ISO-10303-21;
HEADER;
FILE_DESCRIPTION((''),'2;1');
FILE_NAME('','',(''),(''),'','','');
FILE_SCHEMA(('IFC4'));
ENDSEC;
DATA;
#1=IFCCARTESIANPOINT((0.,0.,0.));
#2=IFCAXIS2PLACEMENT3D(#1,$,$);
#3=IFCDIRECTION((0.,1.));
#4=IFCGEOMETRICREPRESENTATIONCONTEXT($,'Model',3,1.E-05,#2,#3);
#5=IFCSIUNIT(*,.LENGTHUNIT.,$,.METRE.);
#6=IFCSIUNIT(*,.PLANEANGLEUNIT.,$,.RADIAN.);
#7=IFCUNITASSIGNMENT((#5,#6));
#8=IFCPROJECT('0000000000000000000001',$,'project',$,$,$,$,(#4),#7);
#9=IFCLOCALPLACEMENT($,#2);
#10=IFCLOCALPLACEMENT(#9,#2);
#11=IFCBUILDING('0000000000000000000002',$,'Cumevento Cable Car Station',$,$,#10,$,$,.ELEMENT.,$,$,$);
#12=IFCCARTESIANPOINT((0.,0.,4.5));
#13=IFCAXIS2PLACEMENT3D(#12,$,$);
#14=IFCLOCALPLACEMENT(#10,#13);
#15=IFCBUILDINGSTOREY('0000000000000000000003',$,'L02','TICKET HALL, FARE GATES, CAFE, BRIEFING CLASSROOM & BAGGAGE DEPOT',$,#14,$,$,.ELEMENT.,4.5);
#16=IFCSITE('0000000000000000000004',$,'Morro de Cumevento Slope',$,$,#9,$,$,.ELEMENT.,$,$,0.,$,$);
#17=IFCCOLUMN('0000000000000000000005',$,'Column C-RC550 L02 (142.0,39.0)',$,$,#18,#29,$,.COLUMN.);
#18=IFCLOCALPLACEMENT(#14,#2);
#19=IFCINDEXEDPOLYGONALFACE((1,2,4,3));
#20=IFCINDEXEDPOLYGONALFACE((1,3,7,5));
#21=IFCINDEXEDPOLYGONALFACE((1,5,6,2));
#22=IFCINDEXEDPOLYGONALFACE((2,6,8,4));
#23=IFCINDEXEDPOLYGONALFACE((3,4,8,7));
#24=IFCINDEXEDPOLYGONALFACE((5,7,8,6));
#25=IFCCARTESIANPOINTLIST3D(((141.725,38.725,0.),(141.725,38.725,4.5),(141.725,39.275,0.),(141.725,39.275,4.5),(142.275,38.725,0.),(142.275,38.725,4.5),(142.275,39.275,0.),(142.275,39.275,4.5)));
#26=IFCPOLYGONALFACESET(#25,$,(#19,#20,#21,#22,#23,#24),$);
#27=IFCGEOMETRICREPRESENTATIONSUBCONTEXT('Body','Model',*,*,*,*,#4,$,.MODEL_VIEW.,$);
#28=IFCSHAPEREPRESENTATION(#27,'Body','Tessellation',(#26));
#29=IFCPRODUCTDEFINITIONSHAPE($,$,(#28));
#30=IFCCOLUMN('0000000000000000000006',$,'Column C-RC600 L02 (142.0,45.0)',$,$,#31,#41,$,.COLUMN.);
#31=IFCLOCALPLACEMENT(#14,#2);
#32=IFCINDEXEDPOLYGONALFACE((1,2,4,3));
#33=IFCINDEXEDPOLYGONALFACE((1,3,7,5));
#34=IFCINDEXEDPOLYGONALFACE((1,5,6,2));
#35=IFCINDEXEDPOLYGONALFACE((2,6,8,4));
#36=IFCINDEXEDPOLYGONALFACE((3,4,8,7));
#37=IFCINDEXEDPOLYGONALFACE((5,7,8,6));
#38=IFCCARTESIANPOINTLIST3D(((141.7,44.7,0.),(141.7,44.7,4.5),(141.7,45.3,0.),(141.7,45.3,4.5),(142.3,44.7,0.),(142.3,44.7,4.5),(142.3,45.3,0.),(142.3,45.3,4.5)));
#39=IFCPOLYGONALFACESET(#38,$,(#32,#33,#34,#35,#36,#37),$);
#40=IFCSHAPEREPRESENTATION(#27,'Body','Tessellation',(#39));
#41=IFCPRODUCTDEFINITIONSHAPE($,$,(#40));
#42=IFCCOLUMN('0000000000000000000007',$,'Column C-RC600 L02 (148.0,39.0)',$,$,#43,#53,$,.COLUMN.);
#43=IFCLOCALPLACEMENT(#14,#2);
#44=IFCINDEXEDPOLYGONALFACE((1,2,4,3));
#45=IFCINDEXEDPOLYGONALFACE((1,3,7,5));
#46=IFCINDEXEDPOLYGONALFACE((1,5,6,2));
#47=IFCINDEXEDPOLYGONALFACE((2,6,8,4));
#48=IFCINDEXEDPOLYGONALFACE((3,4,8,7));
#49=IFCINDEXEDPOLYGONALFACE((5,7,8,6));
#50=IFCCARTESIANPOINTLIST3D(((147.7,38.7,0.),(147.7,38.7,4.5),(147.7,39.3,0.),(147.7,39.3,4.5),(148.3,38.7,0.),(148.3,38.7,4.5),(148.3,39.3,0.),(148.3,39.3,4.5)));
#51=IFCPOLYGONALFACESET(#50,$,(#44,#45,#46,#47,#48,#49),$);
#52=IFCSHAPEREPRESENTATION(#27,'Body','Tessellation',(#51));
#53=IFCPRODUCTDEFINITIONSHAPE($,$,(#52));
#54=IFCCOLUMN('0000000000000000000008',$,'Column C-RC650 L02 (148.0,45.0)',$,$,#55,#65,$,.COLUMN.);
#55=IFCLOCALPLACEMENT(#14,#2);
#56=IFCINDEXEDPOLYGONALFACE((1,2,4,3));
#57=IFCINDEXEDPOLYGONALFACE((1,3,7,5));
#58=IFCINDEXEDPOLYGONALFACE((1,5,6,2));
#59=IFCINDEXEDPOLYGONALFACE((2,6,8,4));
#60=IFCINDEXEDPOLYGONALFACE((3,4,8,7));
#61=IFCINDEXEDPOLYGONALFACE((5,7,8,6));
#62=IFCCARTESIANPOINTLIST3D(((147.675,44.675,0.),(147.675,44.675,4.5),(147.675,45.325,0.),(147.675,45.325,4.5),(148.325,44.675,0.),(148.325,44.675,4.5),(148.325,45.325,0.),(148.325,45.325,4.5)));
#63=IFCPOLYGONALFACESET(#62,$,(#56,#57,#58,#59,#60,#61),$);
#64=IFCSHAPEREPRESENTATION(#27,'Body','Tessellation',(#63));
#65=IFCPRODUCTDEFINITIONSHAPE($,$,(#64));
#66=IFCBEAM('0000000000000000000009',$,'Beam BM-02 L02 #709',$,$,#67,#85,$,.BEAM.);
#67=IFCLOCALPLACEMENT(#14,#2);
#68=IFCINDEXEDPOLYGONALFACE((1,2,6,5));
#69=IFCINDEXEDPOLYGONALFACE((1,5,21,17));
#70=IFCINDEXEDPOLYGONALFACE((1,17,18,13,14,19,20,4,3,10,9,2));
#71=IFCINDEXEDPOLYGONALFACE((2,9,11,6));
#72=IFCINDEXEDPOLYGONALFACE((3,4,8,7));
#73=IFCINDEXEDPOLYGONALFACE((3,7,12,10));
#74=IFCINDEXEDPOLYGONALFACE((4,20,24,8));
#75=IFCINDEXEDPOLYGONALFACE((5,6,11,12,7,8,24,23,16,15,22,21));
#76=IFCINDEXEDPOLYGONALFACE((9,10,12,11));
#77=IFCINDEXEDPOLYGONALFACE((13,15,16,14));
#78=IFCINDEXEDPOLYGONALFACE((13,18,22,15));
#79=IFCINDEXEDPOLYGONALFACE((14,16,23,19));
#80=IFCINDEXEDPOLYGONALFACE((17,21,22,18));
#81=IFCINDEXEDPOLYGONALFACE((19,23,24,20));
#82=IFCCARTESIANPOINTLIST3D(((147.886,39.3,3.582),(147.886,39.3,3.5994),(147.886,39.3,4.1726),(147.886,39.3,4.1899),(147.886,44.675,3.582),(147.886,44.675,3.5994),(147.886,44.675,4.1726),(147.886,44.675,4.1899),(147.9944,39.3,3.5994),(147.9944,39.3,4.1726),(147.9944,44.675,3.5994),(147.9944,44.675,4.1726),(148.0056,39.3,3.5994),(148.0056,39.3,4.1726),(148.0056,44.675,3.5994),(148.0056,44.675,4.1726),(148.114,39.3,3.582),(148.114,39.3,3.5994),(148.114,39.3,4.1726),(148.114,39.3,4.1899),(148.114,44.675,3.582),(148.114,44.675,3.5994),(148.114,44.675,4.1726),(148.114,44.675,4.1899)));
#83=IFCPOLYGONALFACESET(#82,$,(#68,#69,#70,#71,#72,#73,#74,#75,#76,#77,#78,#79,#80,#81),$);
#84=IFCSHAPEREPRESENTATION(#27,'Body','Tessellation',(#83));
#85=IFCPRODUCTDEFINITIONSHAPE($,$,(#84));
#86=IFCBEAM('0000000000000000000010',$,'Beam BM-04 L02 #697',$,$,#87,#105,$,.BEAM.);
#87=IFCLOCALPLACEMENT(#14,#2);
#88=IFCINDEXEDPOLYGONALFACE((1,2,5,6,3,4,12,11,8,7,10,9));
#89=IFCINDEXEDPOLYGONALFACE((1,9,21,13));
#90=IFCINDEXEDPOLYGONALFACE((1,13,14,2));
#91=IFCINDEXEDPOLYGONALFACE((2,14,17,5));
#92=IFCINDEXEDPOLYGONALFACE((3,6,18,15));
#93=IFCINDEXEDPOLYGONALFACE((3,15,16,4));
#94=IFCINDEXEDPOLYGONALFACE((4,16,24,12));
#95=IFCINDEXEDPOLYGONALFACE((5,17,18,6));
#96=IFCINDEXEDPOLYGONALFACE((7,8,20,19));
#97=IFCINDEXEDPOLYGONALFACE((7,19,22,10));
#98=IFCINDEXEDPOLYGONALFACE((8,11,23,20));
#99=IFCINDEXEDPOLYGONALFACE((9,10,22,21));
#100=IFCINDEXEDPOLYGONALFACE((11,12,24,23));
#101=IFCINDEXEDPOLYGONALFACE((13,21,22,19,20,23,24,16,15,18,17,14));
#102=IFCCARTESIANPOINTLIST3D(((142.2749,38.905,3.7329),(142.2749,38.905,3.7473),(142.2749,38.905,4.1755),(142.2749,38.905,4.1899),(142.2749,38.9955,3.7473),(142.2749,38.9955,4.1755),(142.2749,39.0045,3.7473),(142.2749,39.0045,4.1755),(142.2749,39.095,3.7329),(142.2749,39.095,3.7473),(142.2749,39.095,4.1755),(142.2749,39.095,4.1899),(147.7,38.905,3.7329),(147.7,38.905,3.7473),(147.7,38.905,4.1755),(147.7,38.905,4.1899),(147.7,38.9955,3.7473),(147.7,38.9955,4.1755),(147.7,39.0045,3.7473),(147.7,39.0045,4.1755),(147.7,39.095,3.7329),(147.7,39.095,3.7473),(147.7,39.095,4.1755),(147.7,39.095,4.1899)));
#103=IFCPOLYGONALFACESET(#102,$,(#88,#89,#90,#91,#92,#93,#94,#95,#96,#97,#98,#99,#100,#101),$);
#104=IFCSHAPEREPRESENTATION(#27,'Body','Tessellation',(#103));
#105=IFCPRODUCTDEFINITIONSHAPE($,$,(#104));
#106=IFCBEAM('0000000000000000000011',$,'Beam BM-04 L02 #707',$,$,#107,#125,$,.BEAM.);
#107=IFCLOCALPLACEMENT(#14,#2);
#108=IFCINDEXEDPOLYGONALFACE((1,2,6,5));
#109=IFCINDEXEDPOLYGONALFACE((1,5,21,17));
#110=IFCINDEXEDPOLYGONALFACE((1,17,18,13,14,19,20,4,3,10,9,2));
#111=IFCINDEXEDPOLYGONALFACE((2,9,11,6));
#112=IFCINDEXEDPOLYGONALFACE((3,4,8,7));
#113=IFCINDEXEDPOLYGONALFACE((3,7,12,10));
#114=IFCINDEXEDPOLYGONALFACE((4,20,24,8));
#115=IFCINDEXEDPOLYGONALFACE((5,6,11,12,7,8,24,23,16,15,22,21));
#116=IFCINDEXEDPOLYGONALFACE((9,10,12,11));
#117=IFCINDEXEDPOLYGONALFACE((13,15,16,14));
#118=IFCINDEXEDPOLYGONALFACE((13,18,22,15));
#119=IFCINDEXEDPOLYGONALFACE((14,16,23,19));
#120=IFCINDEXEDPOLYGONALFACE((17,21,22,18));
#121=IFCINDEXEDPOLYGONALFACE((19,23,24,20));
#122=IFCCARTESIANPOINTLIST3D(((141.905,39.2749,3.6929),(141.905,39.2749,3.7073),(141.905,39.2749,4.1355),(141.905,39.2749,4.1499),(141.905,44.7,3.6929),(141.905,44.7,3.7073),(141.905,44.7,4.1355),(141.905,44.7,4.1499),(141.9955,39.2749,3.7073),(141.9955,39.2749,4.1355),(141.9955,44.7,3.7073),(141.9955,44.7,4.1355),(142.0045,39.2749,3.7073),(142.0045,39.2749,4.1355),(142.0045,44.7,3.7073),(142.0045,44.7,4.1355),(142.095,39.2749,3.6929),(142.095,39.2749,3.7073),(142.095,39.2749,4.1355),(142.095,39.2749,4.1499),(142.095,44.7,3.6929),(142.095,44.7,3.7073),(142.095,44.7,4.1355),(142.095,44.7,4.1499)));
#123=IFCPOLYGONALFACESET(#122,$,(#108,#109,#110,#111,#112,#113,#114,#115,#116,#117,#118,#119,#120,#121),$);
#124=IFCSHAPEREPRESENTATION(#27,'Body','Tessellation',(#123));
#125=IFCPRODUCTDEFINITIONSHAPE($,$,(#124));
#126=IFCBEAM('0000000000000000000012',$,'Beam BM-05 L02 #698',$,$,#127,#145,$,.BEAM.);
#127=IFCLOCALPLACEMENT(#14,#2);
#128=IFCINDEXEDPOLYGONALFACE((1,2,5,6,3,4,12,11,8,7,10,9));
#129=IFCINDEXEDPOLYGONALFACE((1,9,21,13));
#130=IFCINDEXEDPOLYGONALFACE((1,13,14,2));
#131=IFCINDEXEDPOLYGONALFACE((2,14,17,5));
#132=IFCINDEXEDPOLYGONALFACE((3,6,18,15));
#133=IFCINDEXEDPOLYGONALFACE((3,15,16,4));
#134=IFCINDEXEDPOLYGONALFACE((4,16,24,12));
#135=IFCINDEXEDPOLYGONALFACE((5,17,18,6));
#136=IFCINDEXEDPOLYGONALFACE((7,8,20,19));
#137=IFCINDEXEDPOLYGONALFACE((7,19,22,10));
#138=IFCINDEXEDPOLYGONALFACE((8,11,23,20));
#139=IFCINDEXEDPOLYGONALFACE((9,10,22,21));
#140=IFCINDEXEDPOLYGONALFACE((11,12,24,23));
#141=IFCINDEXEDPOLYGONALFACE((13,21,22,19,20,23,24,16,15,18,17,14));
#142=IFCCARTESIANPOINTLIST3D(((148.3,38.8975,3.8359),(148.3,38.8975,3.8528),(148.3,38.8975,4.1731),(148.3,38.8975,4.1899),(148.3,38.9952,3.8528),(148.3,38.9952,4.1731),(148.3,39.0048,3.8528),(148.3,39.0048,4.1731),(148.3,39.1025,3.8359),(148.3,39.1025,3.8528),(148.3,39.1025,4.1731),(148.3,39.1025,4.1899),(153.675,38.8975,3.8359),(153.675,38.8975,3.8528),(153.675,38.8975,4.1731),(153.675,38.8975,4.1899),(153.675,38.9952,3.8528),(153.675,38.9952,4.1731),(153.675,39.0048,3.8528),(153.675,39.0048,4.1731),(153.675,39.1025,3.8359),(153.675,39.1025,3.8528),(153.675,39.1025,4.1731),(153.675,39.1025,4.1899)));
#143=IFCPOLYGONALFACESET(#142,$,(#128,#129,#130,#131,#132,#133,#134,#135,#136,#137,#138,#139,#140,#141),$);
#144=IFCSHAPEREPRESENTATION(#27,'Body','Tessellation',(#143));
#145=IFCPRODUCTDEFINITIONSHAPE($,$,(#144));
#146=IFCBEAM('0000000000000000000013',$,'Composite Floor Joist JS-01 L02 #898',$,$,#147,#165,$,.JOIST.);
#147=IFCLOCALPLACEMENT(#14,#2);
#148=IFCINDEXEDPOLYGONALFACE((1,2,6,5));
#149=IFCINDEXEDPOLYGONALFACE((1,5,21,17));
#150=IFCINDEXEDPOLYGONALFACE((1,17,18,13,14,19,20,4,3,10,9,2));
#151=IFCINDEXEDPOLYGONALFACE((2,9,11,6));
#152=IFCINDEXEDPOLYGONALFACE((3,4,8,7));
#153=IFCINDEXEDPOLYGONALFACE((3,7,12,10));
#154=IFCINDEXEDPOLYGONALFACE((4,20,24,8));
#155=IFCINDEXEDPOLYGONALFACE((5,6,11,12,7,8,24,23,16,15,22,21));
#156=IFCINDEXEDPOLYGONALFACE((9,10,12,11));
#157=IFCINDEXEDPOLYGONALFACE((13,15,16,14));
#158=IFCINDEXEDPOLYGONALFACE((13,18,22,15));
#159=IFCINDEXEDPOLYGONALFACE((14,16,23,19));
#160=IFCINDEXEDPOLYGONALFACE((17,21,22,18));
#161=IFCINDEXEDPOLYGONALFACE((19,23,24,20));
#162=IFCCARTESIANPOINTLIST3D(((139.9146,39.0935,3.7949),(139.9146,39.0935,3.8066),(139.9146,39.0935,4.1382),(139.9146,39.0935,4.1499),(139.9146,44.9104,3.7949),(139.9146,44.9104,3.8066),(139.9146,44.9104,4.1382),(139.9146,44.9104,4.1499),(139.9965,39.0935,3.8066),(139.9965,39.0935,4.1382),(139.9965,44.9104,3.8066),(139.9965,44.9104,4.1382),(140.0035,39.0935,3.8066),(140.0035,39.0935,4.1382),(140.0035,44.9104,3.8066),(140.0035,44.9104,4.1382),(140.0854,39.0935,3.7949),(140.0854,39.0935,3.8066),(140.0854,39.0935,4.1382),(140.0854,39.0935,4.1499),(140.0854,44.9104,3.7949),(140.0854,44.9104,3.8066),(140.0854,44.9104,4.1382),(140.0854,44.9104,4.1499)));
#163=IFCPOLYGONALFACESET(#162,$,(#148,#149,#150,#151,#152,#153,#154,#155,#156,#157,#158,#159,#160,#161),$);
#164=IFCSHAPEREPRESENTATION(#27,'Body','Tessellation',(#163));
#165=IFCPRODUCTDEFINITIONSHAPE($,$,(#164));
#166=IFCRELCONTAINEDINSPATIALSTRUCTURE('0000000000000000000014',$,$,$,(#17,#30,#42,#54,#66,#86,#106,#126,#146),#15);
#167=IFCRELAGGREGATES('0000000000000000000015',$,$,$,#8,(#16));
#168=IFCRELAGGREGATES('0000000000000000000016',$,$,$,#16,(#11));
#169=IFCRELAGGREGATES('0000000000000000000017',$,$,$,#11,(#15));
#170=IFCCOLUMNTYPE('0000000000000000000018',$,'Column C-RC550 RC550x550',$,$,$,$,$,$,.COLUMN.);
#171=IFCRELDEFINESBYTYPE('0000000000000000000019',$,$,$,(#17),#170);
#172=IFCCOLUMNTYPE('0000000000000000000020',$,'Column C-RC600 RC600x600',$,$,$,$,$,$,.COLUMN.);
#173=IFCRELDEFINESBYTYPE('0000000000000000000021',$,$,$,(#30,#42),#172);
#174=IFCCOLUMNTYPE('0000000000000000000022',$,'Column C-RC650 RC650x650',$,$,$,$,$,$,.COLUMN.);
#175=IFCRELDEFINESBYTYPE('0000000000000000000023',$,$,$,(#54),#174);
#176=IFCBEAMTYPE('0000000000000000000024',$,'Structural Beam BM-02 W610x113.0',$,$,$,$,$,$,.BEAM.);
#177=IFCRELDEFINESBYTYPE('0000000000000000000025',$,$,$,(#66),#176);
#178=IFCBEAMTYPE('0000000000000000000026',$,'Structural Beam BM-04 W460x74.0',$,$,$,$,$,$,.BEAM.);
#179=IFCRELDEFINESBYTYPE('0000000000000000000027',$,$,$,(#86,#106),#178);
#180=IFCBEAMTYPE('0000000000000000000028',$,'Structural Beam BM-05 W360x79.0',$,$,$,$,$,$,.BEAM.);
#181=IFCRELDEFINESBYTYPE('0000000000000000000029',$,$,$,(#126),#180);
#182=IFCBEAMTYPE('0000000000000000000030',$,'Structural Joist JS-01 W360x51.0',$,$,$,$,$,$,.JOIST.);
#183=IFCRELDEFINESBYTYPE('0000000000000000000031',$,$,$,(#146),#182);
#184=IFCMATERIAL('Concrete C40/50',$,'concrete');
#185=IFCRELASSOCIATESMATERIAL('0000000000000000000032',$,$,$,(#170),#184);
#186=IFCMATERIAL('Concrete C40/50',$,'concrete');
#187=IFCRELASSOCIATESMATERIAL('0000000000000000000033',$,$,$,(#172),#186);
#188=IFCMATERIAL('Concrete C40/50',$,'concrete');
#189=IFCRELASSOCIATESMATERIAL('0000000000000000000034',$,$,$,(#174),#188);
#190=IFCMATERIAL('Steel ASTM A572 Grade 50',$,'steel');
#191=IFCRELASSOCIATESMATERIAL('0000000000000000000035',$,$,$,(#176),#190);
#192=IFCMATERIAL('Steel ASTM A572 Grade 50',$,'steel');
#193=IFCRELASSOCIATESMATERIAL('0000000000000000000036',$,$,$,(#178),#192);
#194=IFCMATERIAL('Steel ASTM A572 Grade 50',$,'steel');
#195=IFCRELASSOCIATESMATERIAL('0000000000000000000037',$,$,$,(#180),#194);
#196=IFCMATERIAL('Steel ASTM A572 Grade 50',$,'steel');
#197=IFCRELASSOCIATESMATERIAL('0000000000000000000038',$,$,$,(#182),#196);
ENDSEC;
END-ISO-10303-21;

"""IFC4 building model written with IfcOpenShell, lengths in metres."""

from ifc_helpers import new_model, si_unit, direction, frame, origin, origin_2d, place, context, subcontext, project, spatial, rectangle, i_section, extrude, material, material_profile, profile_set, type_object, element, save


model = new_model("IFC4")

# Units and contexts
model_context = context("Model", 3, precision=1e-05, world=origin(), true_north=direction((0.0, 1.0)))
body_context = subcontext(model_context, "Body", "Model", "MODEL_VIEW")
ifc_project = project(units=[si_unit("LENGTHUNIT", "METRE"), si_unit("PLANEANGLEUNIT", "RADIAN")], contexts=[model_context])

# Site, building, storey
site_placement = place(None, origin())
site = spatial("IfcSite", under=ifc_project, at=site_placement, Name="Morro de Cumevento Slope", CompositionType="ELEMENT", RefElevation=0.0)
building_placement = place(site_placement, origin())
building = spatial("IfcBuilding", under=site, at=building_placement, Name="Cumevento Cable Car Station", CompositionType="ELEMENT")
storey_placement = place(building_placement, frame((0.0, 0.0, 4.5)))
storey = spatial("IfcBuildingStorey", under=building, at=storey_placement, Name="L02", Description="TICKET HALL, FARE GATES, CAFE, BRIEFING CLASSROOM & BAGGAGE DEPOT", CompositionType="ELEMENT", Elevation=4.5)

# Columns
ifc_material_1 = material(Name="Concrete C40/50", Category="concrete")
ifc_material_profile_1 = material_profile(ifc_material_1, rectangle(XDim=0.55, YDim=0.55, at=origin_2d()), Name="RC550x550")
ifc_profile_set_1 = profile_set([ifc_material_profile_1], Name="Concrete C40/50")
column_type_1 = type_object("IfcColumnType", Name="Column C-RC550 RC550x550", PredefinedType="COLUMN", material=ifc_profile_set_1)
column_1_placement = place(storey_placement, frame((142.0, 39.0, 0.0), z_axis=(0.0, 0.0, 1.0), x_axis=(1.0, 0.0, 0.0)))
element("IfcColumn", 1, at=column_1_placement, inside=storey, type_object=column_type_1, Name="Column C-RC550 L02 (142.0,39.0)", PredefinedType="COLUMN", context=body_context, shape_type="SweptSolid", body=[
    extrude(rectangle(XDim=0.55, YDim=0.55, at=origin_2d()), origin(), (0.0, 0.0, 1.0), 4.5),
])
ifc_material_2 = material(Name="Concrete C40/50", Category="concrete")
ifc_material_profile_2 = material_profile(ifc_material_2, rectangle(XDim=0.6001, YDim=0.6001, at=origin_2d()), Name="RC600x600")
ifc_profile_set_2 = profile_set([ifc_material_profile_2], Name="Concrete C40/50")
column_type_2 = type_object("IfcColumnType", Name="Column C-RC600 RC600x600", PredefinedType="COLUMN", material=ifc_profile_set_2)
for number, where, z_axis, x_axis, name in (
    (2, (142.0, 45.0, 0.0), (0.0, 0.0, 1.0), (1.0, 0.0, 0.0), "Column C-RC600 L02 (142.0,45.0)"),
    (3, (148.0, 39.0, 0.0), (0.0, 0.0, 1.0), (1.0, 0.0, 0.0), "Column C-RC600 L02 (148.0,39.0)"),
):
    element("IfcColumn", number, at=place(storey_placement, frame(where, z_axis=z_axis, x_axis=x_axis)), inside=storey, type_object=column_type_2, Name=name, PredefinedType="COLUMN", context=body_context, shape_type="SweptSolid", body=[
        extrude(rectangle(XDim=0.6001, YDim=0.6001, at=origin_2d()), origin(), (0.0, 0.0, 1.0), 4.5),
    ])
ifc_material_3 = material(Name="Concrete C40/50", Category="concrete")
ifc_material_profile_3 = material_profile(ifc_material_3, rectangle(XDim=0.6499, YDim=0.6499, at=origin_2d()), Name="RC650x650")
ifc_profile_set_3 = profile_set([ifc_material_profile_3], Name="Concrete C40/50")
column_type_3 = type_object("IfcColumnType", Name="Column C-RC650 RC650x650", PredefinedType="COLUMN", material=ifc_profile_set_3)
column_2_placement = place(storey_placement, frame((148.0, 45.0, 0.0), z_axis=(0.0, 0.0, 1.0), x_axis=(1.0, 0.0, 0.0)))
element("IfcColumn", 4, at=column_2_placement, inside=storey, type_object=column_type_3, Name="Column C-RC650 L02 (148.0,45.0)", PredefinedType="COLUMN", context=body_context, shape_type="SweptSolid", body=[
    extrude(rectangle(XDim=0.6499, YDim=0.6499, at=origin_2d()), origin(), (0.0, 0.0, 1.0), 4.5),
])

# Beams
ifc_material_4 = material(Name="Steel ASTM A572 Grade 50", Category="steel")
ifc_material_profile_4 = material_profile(ifc_material_4, i_section(OverallWidth=0.228, OverallDepth=0.6079, WebThickness=0.0112, FlangeThickness=0.0173, at=origin_2d()), Name="W610x113.0")
ifc_profile_set_4 = profile_set([ifc_material_profile_4], Name="Steel ASTM A572 Grade 50")
beam_type_1 = type_object("IfcBeamType", Name="Structural Beam BM-02 W610x113.0", PredefinedType="BEAM", material=ifc_profile_set_4)
beam_1_placement = place(storey_placement, frame((148.0, 39.3, 3.886), z_axis=(0.0, 1.0, 0.0), x_axis=(-1.0, 0.0, 0.0)))
element("IfcBeam", 5, at=beam_1_placement, inside=storey, type_object=beam_type_1, Name="Beam BM-02 L02 #709", PredefinedType="BEAM", context=body_context, shape_type="SweptSolid", body=[
    extrude(i_section(OverallWidth=0.228, OverallDepth=0.6079, WebThickness=0.0112, FlangeThickness=0.0173, at=origin_2d()), origin(), (0.0, 0.0, 1.0), 5.375),
])
ifc_material_5 = material(Name="Steel ASTM A572 Grade 50", Category="steel")
ifc_material_profile_5 = material_profile(ifc_material_5, i_section(OverallWidth=0.1899, OverallDepth=0.457, WebThickness=0.009, FlangeThickness=0.0144, at=origin_2d()), Name="W460x74.0")
ifc_profile_set_5 = profile_set([ifc_material_profile_5], Name="Steel ASTM A572 Grade 50")
beam_type_2 = type_object("IfcBeamType", Name="Structural Beam BM-04 W460x74.0", PredefinedType="BEAM", material=ifc_profile_set_5)
for number, where, z_axis, x_axis, name in (
    (6, (142.2749, 39.0, 3.9614), (1.0, 0.0, 0.0), (0.0, 1.0, 0.0), "Beam BM-04 L02 #697"),
    (7, (142.0, 39.2749, 3.9214), (0.0, 1.0, 0.0), (-1.0, 0.0, 0.0), "Beam BM-04 L02 #707"),
):
    element("IfcBeam", number, at=place(storey_placement, frame(where, z_axis=z_axis, x_axis=x_axis)), inside=storey, type_object=beam_type_2, Name=name, PredefinedType="BEAM", context=body_context, shape_type="SweptSolid", body=[
        extrude(i_section(OverallWidth=0.1899, OverallDepth=0.457, WebThickness=0.009, FlangeThickness=0.0144, at=origin_2d()), origin(), (0.0, 0.0, 1.0), 5.425),
    ])
ifc_material_6 = material(Name="Steel ASTM A572 Grade 50", Category="steel")
ifc_material_profile_6 = material_profile(ifc_material_6, i_section(OverallWidth=0.2051, OverallDepth=0.354, WebThickness=0.0095, FlangeThickness=0.0168, at=origin_2d()), Name="W360x79.0")
ifc_profile_set_6 = profile_set([ifc_material_profile_6], Name="Steel ASTM A572 Grade 50")
beam_type_3 = type_object("IfcBeamType", Name="Structural Beam BM-05 W360x79.0", PredefinedType="BEAM", material=ifc_profile_set_6)
beam_2_placement = place(storey_placement, frame((148.3, 39.0, 4.0129), z_axis=(1.0, 0.0, 0.0), x_axis=(0.0, 1.0, 0.0)))
element("IfcBeam", 8, at=beam_2_placement, inside=storey, type_object=beam_type_3, Name="Beam BM-05 L02 #698", PredefinedType="BEAM", context=body_context, shape_type="SweptSolid", body=[
    extrude(i_section(OverallWidth=0.2051, OverallDepth=0.354, WebThickness=0.0095, FlangeThickness=0.0168, at=origin_2d()), origin(), (0.0, 0.0, 1.0), 5.375),
])
ifc_material_7 = material(Name="Steel ASTM A572 Grade 50", Category="steel")
ifc_material_profile_7 = material_profile(ifc_material_7, i_section(OverallWidth=0.1709, OverallDepth=0.355, WebThickness=0.0071, FlangeThickness=0.0117, at=origin_2d()), Name="W360x51.0")
ifc_profile_set_7 = profile_set([ifc_material_profile_7], Name="Steel ASTM A572 Grade 50")
beam_type_4 = type_object("IfcBeamType", Name="Structural Joist JS-01 W360x51.0", PredefinedType="JOIST", material=ifc_profile_set_7)
beam_3_placement = place(storey_placement, frame((140.0, 39.0935, 3.9724), z_axis=(0.0, 1.0, 0.0), x_axis=(-1.0, 0.0, 0.0)))
element("IfcBeam", 9, at=beam_3_placement, inside=storey, type_object=beam_type_4, Name="Composite Floor Joist JS-01 L02 #898", PredefinedType="JOIST", context=body_context, shape_type="SweptSolid", body=[
    extrude(i_section(OverallWidth=0.1709, OverallDepth=0.355, WebThickness=0.0071, FlangeThickness=0.0117, at=origin_2d()), origin(), (0.0, 0.0, 1.0), 5.8169),
])

save(model, "model.ifc")
